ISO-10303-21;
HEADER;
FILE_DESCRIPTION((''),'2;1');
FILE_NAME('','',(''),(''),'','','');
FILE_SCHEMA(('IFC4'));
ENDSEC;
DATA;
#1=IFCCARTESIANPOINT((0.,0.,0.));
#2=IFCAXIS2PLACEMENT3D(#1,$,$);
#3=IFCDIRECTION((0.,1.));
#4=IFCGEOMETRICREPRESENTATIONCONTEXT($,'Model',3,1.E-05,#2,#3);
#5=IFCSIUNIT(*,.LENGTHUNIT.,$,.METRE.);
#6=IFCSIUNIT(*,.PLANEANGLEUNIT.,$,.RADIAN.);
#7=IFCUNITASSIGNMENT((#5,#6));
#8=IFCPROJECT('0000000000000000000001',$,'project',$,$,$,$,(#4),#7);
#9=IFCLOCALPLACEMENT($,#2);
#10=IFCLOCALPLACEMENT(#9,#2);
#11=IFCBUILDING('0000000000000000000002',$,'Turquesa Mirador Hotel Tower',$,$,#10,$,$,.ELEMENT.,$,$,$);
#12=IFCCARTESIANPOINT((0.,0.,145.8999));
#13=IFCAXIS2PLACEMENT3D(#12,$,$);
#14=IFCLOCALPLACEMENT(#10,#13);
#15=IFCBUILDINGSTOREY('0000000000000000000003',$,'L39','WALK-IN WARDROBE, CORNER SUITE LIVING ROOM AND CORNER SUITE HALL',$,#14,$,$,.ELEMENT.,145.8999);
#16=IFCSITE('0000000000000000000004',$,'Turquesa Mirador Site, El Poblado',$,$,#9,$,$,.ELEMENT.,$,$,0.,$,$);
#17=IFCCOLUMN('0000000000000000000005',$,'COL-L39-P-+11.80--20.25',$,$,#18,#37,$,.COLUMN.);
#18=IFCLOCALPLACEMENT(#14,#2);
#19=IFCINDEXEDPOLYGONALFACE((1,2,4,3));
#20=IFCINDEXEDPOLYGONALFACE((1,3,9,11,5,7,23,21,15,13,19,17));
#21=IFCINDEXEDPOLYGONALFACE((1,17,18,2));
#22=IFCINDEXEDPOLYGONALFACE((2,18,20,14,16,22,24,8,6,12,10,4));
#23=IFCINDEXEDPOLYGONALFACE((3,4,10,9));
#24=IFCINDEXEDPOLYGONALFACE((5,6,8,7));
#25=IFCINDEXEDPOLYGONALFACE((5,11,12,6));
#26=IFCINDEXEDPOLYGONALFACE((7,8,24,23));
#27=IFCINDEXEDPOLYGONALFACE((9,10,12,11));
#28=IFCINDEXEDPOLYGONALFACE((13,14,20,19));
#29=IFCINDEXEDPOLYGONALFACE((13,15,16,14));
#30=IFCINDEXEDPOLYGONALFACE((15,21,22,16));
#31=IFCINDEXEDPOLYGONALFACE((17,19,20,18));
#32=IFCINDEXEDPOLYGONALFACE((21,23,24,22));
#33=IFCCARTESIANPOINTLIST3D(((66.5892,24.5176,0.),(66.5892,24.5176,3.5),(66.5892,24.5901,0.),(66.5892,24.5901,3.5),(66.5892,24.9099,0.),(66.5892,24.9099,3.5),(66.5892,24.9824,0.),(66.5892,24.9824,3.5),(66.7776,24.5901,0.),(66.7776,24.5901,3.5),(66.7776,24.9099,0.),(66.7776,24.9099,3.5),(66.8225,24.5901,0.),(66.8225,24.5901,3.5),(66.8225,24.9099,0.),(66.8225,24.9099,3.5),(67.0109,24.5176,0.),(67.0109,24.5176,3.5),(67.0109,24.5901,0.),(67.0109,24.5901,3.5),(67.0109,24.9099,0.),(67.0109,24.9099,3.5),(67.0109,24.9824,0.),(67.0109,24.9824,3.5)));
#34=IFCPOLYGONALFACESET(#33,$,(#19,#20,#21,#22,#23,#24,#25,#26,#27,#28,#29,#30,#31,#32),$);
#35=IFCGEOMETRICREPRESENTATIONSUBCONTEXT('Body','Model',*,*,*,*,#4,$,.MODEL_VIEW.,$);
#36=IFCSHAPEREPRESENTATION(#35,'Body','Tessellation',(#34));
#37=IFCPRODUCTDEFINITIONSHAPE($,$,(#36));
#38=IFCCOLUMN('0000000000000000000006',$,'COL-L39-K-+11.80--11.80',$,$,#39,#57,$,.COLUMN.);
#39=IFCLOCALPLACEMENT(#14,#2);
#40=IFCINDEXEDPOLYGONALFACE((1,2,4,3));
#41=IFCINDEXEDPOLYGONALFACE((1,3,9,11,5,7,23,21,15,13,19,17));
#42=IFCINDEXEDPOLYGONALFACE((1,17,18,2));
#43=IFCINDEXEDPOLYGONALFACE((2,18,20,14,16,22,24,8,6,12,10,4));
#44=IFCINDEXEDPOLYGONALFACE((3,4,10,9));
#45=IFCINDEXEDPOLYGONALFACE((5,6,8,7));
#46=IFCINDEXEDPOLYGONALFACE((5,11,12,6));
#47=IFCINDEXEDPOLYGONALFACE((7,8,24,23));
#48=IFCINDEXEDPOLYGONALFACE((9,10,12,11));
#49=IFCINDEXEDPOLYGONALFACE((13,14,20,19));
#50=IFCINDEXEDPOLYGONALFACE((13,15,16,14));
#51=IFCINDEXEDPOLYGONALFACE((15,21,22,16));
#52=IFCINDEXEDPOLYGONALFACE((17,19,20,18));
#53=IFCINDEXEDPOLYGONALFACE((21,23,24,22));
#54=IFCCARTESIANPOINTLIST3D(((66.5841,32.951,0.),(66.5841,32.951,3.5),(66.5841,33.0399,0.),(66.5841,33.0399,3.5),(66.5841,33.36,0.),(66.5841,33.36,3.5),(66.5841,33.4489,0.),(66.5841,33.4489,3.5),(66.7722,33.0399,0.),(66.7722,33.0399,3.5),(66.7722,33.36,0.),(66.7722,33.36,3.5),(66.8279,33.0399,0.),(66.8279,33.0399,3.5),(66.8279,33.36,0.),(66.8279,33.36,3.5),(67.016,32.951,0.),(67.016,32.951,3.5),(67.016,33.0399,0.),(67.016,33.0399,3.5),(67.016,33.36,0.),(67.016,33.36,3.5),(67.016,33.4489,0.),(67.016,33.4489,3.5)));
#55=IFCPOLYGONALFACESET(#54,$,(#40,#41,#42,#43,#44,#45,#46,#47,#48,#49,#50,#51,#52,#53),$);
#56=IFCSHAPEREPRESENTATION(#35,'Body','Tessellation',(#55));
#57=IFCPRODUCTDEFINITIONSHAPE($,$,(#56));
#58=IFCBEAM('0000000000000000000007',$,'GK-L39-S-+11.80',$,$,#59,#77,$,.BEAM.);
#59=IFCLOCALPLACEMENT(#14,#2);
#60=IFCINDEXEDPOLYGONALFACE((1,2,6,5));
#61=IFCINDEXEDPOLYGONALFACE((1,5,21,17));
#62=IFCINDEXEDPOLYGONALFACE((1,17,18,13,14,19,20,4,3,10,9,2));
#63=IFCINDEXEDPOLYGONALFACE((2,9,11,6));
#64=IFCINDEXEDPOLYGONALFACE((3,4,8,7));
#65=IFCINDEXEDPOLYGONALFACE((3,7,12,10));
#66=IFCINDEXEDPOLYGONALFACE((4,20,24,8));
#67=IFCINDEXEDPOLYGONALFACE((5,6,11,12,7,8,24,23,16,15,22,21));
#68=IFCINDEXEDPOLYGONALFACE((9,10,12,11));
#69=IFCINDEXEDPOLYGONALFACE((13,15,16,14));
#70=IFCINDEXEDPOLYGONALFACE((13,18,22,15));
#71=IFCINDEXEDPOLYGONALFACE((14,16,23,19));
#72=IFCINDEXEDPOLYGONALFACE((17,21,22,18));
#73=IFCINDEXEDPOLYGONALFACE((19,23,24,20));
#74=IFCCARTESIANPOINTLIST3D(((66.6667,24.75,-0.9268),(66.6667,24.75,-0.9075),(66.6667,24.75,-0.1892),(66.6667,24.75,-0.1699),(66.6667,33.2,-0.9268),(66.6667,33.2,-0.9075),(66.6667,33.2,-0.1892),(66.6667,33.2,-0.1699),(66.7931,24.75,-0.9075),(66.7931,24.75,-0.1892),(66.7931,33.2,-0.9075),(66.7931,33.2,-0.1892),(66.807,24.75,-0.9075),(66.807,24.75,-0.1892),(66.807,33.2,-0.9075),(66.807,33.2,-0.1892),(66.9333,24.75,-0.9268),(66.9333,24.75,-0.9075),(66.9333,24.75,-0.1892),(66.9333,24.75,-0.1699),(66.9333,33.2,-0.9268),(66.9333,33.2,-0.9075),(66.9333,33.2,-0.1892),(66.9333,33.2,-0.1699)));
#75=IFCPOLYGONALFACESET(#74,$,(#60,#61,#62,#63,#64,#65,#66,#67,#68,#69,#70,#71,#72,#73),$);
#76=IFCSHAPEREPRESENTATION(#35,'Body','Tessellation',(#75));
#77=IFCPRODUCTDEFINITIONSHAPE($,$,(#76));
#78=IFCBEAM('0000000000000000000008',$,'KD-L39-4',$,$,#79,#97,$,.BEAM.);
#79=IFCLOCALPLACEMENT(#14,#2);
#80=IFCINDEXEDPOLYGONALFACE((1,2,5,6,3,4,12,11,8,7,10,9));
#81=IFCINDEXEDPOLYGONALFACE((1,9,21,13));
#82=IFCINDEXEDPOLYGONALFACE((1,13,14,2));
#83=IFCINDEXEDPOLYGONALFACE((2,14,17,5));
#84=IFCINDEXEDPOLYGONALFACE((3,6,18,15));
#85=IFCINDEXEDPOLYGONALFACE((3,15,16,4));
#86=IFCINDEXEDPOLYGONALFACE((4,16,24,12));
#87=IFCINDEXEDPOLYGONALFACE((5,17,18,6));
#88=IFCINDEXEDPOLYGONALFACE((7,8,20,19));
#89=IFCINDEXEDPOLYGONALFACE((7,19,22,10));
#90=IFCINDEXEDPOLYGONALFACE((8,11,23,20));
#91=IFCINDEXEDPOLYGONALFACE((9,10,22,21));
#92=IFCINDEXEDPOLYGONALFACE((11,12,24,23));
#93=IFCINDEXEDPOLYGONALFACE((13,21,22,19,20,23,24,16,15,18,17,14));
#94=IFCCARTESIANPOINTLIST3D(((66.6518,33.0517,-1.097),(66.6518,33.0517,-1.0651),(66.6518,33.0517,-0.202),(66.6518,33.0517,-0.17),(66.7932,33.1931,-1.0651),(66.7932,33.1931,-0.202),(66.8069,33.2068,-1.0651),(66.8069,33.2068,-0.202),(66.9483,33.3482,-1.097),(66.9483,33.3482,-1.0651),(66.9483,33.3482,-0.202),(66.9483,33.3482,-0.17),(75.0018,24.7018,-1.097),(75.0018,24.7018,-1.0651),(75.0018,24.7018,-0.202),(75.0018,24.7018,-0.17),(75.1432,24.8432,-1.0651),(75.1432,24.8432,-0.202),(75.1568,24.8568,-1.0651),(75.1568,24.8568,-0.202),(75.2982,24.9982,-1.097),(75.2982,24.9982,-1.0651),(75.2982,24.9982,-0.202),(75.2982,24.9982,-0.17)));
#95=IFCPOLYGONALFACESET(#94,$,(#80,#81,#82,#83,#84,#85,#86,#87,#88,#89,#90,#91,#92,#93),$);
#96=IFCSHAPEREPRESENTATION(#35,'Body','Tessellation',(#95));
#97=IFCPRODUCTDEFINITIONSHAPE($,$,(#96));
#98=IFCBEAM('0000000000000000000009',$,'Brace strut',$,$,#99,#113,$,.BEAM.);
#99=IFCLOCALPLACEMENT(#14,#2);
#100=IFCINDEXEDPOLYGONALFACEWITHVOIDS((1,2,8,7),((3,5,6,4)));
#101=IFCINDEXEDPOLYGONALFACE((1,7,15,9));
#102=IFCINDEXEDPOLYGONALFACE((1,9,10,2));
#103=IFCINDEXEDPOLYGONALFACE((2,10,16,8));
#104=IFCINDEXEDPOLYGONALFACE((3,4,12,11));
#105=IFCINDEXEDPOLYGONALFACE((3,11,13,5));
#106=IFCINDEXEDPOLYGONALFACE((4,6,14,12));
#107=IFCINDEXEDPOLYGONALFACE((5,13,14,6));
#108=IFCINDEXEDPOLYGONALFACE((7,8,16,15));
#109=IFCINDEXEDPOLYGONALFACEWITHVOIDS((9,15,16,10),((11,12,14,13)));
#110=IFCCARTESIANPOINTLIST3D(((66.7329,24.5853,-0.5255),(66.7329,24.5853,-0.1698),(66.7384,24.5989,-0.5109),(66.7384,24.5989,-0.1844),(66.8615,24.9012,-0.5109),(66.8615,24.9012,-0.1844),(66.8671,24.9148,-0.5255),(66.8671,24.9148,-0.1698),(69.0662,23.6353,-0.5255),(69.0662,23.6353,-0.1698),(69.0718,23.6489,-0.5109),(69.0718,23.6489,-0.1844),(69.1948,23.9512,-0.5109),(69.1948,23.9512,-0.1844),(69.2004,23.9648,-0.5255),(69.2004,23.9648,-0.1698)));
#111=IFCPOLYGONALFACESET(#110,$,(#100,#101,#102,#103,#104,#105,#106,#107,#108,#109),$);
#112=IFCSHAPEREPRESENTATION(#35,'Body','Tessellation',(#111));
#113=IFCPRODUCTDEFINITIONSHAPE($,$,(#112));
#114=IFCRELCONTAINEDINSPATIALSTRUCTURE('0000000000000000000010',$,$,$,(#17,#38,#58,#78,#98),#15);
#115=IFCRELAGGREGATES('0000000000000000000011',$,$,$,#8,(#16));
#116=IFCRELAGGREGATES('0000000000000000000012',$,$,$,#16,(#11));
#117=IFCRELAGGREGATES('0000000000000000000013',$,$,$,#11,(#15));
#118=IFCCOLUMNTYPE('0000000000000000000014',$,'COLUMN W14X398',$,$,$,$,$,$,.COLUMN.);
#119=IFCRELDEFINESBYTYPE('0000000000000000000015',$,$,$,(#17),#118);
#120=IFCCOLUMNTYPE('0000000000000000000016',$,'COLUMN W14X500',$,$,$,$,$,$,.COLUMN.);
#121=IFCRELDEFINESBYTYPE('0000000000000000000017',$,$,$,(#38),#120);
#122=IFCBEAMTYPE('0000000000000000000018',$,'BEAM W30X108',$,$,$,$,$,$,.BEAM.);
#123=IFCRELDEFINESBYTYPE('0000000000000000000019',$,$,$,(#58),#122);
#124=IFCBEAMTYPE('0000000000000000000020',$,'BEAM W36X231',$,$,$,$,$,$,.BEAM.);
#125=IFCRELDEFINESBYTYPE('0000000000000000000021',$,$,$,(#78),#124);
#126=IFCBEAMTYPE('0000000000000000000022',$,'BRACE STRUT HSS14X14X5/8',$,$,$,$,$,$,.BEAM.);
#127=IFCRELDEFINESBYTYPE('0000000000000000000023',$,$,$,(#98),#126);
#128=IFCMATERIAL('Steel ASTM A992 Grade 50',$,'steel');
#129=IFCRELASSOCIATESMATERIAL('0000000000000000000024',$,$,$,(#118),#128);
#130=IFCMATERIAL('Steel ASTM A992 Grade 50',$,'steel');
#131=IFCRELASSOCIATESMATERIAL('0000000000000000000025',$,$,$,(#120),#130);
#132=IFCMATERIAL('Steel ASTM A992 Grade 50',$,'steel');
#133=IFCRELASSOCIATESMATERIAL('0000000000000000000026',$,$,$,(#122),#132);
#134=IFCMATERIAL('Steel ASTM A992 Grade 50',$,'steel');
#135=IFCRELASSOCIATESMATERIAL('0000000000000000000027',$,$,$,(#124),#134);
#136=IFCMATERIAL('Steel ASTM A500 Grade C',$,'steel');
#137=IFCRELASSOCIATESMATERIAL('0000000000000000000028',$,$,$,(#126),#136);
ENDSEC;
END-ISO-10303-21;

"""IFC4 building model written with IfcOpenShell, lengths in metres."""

from ifc_helpers import new_model, si_unit, direction, frame, origin, origin_2d, place, context, subcontext, project, spatial, hollow_rectangle, i_section, extrude, material, material_profile, profile_set, type_object, element, save


model = new_model("IFC4")

# Units and contexts
model_context = context("Model", 3, precision=1e-05, world=origin(), true_north=direction((0.0, 1.0)))
body_context = subcontext(model_context, "Body", "Model", "MODEL_VIEW")
ifc_project = project(units=[si_unit("LENGTHUNIT", "METRE"), si_unit("PLANEANGLEUNIT", "RADIAN")], contexts=[model_context])

# Site, building, storey
site_placement = place(None, origin())
site = spatial("IfcSite", under=ifc_project, at=site_placement, Name="Turquesa Mirador Site, El Poblado", CompositionType="ELEMENT", RefElevation=0.0)
building_placement = place(site_placement, origin())
building = spatial("IfcBuilding", under=site, at=building_placement, Name="Turquesa Mirador Hotel Tower", CompositionType="ELEMENT")
storey_placement = place(building_placement, frame((0.0, 0.0, 145.8999)))
storey = spatial("IfcBuildingStorey", under=building, at=storey_placement, Name="L39", Description="WALK-IN WARDROBE, CORNER SUITE LIVING ROOM AND CORNER SUITE HALL", CompositionType="ELEMENT", Elevation=145.8999)

# Columns
ifc_material_1 = material(Name="Steel ASTM A992 Grade 50", Category="steel")
ifc_material_profile_1 = material_profile(ifc_material_1, i_section(OverallWidth=0.4216, OverallDepth=0.4648, WebThickness=0.0449, FlangeThickness=0.0725, at=origin_2d()), Name="W14X398")
ifc_profile_set_1 = profile_set([ifc_material_profile_1], Name="Steel ASTM A992 Grade 50")
column_type_1 = type_object("IfcColumnType", Name="COLUMN W14X398", PredefinedType="COLUMN", material=ifc_profile_set_1)
column_1_placement = place(storey_placement, frame((66.8, 24.75, 0.0), z_axis=(0.0, 0.0, 1.0), x_axis=(1.0, 0.0, 0.0)))
element("IfcColumn", 1, at=column_1_placement, inside=storey, type_object=column_type_1, Name="COL-L39-P-+11.80--20.25", PredefinedType="COLUMN", context=body_context, shape_type="SweptSolid", body=[
    extrude(i_section(OverallWidth=0.4216, OverallDepth=0.4648, WebThickness=0.0449, FlangeThickness=0.0725, at=origin_2d()), origin(), (0.0, 0.0, 1.0), 3.5),
])
ifc_material_2 = material(Name="Steel ASTM A992 Grade 50", Category="steel")
ifc_material_profile_2 = material_profile(ifc_material_2, i_section(OverallWidth=0.4319, OverallDepth=0.4978, WebThickness=0.0557, FlangeThickness=0.0889, at=origin_2d()), Name="W14X500")
ifc_profile_set_2 = profile_set([ifc_material_profile_2], Name="Steel ASTM A992 Grade 50")
column_type_2 = type_object("IfcColumnType", Name="COLUMN W14X500", PredefinedType="COLUMN", material=ifc_profile_set_2)
column_2_placement = place(storey_placement, frame((66.8, 33.2, 0.0), z_axis=(0.0, 0.0, 1.0), x_axis=(1.0, 0.0, 0.0)))
element("IfcColumn", 2, at=column_2_placement, inside=storey, type_object=column_type_2, Name="COL-L39-K-+11.80--11.80", PredefinedType="COLUMN", context=body_context, shape_type="SweptSolid", body=[
    extrude(i_section(OverallWidth=0.4319, OverallDepth=0.4978, WebThickness=0.0557, FlangeThickness=0.0889, at=origin_2d()), origin(), (0.0, 0.0, 1.0), 3.5),
])

# Beams
ifc_material_3 = material(Name="Steel ASTM A992 Grade 50", Category="steel")
ifc_material_profile_3 = material_profile(ifc_material_3, i_section(OverallWidth=0.2666, OverallDepth=0.7568, WebThickness=0.0139, FlangeThickness=0.0193, at=origin_2d()), Name="W30X108")
ifc_profile_set_3 = profile_set([ifc_material_profile_3], Name="Steel ASTM A992 Grade 50")
beam_type_1 = type_object("IfcBeamType", Name="BEAM W30X108", PredefinedType="BEAM", material=ifc_profile_set_3)
beam_1_placement = place(storey_placement, frame((66.8, 24.75, -0.5483), z_axis=(0.0, 1.0, 0.0), x_axis=(-1.0, 0.0, 0.0)))
element("IfcBeam", 3, at=beam_1_placement, inside=storey, type_object=beam_type_1, Name="GK-L39-S-+11.80", PredefinedType="BEAM", context=body_context, shape_type="SweptSolid", body=[
    extrude(i_section(OverallWidth=0.2666, OverallDepth=0.7568, WebThickness=0.0139, FlangeThickness=0.0193, at=origin_2d()), origin(), (0.0, 0.0, 1.0), 8.45),
])
ifc_material_4 = material(Name="Steel ASTM A992 Grade 50", Category="steel")
ifc_material_profile_4 = material_profile(ifc_material_4, i_section(OverallWidth=0.4192, OverallDepth=0.927, WebThickness=0.0193, FlangeThickness=0.032, at=origin_2d()), Name="W36X231")
ifc_profile_set_4 = profile_set([ifc_material_profile_4], Name="Steel ASTM A992 Grade 50")
beam_type_2 = type_object("IfcBeamType", Name="BEAM W36X231", PredefinedType="BEAM", material=ifc_profile_set_4)
beam_2_placement = place(storey_placement, frame((66.8, 33.2, -0.6335), z_axis=(0.707107, -0.707107, 0.0), x_axis=(0.707107, 0.707107, 0.0)))
element("IfcBeam", 4, at=beam_2_placement, inside=storey, type_object=beam_type_2, Name="KD-L39-4", PredefinedType="BEAM", context=body_context, shape_type="SweptSolid", body=[
    extrude(i_section(OverallWidth=0.4192, OverallDepth=0.927, WebThickness=0.0193, FlangeThickness=0.032, at=origin_2d()), origin(), (0.0, 0.0, 1.0), 11.8086),
])
ifc_material_5 = material(Name="Steel ASTM A500 Grade C", Category="steel")
ifc_material_profile_5 = material_profile(ifc_material_5, hollow_rectangle(XDim=0.3557, YDim=0.3557, WallThickness=0.0146, at=origin_2d()), Name="HSS14X14X5/8")
ifc_profile_set_5 = profile_set([ifc_material_profile_5], Name="Steel ASTM A500 Grade C")
beam_type_3 = type_object("IfcBeamType", Name="BRACE STRUT HSS14X14X5/8", PredefinedType="BEAM", material=ifc_profile_set_5)
beam_3_placement = place(storey_placement, frame((69.1333, 23.8, -0.3477), z_axis=(-0.92618, 0.377081, 0.0), x_axis=(-0.377081, -0.92618, 0.0)))
element("IfcBeam", 5, at=beam_3_placement, inside=storey, type_object=beam_type_3, Name="Brace strut", PredefinedType="BEAM", context=body_context, shape_type="SweptSolid", body=[
    extrude(hollow_rectangle(XDim=0.3557, YDim=0.3557, WallThickness=0.0146, at=origin_2d()), origin(), (0.0, 0.0, 1.0), 2.5193),
])

save(model, "model.ifc")
